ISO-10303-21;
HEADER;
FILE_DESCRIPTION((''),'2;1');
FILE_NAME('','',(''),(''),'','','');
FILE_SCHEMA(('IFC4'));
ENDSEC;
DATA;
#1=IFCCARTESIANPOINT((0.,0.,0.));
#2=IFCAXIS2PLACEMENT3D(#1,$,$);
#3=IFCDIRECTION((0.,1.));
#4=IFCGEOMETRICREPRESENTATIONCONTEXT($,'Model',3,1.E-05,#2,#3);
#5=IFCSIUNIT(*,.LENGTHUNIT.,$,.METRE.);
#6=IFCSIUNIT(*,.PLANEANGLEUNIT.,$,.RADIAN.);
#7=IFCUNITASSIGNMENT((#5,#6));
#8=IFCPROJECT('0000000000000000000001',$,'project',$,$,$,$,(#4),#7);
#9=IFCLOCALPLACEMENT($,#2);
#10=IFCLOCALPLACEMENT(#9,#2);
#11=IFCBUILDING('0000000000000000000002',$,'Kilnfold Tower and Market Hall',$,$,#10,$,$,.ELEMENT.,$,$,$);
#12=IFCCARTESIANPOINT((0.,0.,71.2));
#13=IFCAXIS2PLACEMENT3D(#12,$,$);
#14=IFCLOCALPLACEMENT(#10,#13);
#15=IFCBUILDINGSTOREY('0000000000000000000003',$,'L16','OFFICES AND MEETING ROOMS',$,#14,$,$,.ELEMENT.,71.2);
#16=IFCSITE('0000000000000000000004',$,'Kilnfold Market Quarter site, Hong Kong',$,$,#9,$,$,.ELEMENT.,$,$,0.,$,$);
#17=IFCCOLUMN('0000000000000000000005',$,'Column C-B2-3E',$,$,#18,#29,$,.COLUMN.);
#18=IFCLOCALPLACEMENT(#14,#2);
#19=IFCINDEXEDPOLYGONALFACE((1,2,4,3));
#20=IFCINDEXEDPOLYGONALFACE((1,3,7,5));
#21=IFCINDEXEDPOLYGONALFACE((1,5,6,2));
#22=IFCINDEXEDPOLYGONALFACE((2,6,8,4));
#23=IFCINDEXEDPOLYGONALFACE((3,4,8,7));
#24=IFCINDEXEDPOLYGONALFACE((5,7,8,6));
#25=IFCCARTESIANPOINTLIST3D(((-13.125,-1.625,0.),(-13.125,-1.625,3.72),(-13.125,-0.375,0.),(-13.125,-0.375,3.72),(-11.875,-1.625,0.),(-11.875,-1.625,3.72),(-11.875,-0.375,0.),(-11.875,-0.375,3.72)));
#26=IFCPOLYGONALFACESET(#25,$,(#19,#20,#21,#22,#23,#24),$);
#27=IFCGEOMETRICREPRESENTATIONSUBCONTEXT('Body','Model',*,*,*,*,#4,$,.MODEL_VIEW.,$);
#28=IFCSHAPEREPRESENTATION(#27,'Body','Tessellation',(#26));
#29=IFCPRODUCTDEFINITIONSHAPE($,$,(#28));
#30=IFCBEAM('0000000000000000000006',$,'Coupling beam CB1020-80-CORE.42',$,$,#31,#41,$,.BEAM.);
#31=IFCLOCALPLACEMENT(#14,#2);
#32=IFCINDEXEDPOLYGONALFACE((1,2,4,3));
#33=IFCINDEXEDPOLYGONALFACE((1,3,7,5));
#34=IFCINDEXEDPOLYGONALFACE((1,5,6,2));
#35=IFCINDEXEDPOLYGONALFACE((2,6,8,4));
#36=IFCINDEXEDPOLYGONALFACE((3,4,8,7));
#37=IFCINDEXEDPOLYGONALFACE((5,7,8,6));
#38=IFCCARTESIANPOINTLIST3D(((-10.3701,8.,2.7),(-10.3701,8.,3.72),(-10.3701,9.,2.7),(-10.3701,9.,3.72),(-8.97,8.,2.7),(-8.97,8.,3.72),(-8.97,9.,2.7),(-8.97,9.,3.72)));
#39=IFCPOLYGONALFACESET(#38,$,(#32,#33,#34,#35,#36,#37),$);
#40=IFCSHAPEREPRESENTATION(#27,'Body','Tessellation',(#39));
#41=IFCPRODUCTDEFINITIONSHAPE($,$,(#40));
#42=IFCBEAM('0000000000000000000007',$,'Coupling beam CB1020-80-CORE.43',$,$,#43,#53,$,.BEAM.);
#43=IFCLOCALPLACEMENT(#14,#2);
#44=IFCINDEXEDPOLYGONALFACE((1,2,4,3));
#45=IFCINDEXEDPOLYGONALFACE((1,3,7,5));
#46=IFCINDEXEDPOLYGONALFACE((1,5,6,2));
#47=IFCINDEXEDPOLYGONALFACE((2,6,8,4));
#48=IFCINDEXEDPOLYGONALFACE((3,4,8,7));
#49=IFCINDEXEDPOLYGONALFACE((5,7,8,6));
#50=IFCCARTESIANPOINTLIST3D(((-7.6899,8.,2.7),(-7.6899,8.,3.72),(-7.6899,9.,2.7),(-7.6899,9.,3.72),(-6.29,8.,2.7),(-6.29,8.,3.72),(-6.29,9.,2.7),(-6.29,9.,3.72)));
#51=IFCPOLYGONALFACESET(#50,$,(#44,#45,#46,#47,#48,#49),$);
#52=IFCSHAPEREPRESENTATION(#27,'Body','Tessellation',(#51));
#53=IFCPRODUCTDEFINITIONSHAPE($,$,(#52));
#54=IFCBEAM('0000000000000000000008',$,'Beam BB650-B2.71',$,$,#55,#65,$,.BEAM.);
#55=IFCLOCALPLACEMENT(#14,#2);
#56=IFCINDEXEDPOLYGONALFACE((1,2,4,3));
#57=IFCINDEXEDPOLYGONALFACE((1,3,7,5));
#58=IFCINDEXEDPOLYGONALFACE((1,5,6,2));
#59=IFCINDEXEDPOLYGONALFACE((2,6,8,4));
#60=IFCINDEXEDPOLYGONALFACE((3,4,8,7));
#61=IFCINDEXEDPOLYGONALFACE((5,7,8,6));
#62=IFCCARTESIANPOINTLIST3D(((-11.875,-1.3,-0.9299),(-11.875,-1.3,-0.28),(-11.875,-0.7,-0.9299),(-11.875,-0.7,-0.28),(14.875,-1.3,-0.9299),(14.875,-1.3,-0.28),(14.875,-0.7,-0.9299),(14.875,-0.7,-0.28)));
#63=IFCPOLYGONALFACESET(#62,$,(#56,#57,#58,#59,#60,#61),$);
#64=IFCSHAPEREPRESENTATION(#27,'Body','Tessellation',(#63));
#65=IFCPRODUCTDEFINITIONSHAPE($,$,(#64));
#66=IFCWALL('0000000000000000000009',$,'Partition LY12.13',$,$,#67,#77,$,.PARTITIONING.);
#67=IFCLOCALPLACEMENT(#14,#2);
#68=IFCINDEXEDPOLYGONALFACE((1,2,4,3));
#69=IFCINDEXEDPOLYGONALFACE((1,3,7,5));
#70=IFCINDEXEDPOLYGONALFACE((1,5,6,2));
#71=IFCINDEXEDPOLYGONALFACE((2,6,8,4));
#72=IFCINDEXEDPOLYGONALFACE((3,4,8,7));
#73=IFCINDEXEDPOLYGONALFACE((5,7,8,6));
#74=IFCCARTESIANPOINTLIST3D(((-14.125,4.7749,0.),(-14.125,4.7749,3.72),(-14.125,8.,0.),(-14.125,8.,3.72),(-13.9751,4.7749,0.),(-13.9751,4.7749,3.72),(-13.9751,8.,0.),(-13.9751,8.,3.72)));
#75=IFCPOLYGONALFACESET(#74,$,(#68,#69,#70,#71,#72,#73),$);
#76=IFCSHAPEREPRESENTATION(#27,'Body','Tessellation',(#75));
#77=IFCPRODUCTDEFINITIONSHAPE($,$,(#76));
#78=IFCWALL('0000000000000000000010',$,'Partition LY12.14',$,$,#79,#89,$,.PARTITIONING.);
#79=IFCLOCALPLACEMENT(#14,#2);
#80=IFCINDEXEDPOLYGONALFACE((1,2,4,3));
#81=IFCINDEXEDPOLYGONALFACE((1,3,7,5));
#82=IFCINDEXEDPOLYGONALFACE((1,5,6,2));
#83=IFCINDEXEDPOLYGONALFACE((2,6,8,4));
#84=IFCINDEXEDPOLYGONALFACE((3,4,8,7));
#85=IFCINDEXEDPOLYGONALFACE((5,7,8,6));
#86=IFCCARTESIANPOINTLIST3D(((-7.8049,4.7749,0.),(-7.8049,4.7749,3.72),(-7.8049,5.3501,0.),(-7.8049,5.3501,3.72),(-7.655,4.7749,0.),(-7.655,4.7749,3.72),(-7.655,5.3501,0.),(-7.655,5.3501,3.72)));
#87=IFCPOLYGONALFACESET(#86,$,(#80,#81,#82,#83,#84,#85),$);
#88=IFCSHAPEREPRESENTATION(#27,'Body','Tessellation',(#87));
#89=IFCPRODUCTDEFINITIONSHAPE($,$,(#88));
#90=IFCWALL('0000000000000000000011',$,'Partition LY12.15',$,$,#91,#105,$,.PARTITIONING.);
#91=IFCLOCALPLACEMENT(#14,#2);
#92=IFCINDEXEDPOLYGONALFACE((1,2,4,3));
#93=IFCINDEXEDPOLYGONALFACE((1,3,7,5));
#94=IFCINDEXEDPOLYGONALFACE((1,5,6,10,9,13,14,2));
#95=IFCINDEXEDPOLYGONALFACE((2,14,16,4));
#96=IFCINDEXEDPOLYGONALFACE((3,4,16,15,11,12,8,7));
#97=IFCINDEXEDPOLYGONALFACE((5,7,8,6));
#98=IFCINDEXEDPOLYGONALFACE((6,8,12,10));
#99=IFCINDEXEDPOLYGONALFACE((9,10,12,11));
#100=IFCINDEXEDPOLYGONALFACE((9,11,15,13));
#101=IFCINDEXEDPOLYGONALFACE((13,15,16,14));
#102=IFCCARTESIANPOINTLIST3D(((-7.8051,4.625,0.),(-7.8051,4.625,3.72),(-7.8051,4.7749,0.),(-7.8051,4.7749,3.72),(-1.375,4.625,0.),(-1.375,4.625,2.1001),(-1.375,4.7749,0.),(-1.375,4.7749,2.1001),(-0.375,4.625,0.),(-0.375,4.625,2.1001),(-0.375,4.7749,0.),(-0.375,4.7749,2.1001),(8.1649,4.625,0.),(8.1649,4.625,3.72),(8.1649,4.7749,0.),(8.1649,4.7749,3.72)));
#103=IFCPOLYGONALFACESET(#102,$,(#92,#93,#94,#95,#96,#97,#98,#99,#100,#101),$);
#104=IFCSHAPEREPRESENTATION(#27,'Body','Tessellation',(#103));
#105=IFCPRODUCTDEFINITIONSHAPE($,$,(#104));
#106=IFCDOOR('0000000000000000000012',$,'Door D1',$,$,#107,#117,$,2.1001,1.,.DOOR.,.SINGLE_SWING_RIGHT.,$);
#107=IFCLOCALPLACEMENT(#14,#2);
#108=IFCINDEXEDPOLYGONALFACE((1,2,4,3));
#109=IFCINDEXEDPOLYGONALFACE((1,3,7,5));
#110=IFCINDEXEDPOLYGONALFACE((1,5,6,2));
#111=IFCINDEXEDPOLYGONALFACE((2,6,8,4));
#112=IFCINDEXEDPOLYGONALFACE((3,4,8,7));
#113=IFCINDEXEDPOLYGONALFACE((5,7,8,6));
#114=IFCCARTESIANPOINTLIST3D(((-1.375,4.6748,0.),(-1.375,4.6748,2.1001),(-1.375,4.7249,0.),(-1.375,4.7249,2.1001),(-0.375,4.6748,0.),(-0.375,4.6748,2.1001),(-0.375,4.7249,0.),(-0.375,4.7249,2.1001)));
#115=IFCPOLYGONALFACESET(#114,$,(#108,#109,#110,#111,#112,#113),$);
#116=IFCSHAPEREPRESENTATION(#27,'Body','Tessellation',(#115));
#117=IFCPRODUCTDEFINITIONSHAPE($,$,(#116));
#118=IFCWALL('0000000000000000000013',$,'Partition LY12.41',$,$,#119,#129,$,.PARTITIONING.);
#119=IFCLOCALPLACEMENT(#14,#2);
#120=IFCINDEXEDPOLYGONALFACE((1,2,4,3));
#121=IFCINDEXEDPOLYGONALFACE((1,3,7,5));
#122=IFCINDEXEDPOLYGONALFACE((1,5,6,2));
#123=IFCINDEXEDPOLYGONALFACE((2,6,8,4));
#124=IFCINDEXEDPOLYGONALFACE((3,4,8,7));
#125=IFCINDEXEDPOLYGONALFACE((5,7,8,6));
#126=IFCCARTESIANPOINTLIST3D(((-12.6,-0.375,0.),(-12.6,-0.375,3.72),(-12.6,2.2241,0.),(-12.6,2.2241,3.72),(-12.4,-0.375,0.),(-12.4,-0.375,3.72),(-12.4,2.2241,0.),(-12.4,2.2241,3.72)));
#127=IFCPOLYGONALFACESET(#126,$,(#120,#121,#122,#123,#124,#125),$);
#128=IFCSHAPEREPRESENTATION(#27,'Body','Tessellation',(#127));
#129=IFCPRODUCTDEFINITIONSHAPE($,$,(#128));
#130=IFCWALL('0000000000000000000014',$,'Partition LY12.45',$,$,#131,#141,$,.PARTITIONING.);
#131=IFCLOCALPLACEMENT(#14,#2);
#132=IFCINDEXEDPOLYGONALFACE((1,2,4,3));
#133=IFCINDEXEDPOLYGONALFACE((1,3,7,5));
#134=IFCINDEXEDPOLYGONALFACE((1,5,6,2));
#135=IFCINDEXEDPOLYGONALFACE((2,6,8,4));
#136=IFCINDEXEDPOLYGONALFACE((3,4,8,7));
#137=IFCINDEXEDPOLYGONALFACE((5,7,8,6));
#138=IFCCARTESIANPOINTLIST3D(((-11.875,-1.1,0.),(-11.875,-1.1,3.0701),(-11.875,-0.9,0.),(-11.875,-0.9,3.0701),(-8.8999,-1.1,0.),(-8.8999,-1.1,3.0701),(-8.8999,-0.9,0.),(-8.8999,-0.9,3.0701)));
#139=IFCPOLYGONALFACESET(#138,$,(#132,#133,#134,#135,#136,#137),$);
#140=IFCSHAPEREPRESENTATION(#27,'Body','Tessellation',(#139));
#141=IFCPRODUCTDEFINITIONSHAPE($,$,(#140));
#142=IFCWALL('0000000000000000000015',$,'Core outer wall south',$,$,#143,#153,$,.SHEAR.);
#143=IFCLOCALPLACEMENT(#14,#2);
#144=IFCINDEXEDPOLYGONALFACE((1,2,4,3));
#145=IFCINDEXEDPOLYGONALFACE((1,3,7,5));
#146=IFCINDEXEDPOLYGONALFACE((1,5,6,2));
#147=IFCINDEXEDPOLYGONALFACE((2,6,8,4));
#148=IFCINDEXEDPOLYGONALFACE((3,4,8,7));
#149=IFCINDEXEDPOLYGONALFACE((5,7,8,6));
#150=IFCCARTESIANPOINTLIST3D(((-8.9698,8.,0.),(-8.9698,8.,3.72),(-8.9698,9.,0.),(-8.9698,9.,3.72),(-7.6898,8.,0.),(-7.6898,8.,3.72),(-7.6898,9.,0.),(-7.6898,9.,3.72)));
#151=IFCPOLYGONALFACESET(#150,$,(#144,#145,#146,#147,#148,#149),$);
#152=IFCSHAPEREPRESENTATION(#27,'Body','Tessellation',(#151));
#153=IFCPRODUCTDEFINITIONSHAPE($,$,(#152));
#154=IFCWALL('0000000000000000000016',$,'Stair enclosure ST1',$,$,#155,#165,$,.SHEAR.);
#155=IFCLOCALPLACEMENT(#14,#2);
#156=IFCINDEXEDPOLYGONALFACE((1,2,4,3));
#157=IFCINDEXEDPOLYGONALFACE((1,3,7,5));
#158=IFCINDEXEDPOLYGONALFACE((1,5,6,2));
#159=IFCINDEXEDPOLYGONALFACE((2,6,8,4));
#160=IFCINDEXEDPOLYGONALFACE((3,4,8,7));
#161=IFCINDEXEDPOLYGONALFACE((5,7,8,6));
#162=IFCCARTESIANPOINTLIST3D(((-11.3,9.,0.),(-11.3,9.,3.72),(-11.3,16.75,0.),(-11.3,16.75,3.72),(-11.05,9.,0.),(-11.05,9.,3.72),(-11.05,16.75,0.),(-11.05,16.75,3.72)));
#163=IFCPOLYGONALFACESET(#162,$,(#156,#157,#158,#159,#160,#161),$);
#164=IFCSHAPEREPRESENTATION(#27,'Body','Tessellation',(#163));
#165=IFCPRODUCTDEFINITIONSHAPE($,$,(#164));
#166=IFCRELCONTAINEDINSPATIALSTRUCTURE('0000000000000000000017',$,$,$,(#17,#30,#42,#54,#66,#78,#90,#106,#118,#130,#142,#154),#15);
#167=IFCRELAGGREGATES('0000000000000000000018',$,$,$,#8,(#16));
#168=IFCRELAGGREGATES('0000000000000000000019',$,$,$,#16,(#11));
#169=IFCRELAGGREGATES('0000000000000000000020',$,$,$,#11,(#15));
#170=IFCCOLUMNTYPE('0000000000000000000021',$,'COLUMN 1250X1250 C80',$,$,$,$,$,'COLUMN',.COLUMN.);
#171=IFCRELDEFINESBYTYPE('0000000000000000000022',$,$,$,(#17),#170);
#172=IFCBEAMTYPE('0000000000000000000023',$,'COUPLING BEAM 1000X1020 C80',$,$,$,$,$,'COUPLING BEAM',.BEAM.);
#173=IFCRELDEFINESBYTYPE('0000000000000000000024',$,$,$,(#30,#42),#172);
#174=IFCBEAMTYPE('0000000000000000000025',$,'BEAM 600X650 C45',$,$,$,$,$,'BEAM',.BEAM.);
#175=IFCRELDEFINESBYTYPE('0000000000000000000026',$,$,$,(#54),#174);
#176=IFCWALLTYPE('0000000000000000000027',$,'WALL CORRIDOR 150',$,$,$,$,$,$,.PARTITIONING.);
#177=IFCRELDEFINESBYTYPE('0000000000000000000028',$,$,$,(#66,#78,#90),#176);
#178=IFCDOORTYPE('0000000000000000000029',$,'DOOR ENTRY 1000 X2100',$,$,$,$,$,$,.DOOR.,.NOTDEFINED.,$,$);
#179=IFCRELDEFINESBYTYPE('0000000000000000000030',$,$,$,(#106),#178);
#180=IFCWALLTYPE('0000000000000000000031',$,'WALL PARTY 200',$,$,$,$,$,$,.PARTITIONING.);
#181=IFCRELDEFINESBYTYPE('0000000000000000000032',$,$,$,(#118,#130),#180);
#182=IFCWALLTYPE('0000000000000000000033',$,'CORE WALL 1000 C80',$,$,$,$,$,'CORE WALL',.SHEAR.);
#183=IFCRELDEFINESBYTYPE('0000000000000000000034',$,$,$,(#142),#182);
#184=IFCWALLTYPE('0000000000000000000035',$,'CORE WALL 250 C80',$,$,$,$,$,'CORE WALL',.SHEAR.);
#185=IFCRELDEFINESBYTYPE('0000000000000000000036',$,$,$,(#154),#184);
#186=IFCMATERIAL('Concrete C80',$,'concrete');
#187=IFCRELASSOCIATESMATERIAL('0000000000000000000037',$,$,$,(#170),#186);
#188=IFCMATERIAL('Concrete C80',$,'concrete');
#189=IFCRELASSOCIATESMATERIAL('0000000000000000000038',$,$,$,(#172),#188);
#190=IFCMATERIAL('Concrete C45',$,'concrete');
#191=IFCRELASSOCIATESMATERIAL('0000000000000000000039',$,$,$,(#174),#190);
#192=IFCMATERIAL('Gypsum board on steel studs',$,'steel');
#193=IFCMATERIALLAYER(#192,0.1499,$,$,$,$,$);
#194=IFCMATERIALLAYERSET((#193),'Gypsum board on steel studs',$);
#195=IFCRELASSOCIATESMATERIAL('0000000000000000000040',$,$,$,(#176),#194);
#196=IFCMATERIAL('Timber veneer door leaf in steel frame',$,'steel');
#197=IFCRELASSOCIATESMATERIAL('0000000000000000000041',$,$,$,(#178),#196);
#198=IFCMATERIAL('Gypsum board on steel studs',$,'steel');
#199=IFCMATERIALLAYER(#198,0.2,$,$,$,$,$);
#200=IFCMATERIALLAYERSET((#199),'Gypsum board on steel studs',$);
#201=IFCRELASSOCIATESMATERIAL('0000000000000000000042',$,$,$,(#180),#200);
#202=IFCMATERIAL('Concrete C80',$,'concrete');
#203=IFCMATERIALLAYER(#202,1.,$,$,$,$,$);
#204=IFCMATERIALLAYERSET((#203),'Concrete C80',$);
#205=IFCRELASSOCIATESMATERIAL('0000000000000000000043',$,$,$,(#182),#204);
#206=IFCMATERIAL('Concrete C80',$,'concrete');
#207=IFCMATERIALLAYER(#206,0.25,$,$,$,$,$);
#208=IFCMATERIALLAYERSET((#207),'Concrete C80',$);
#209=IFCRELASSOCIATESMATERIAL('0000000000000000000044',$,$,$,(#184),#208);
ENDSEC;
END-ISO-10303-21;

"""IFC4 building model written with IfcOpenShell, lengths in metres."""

from ifc_helpers import new_model, si_unit, direction, frame, frame_2d, origin, origin_2d, place, context, subcontext, project, spatial, rectangle, extrude, source, transform, mapped, material, layer, layer_set, material_profile, profile_set, type_object, element, fill, save


model = new_model("IFC4")

# Units and contexts
model_context = context("Model", 3, precision=1e-05, world=origin(), true_north=direction((0.0, 1.0)))
body_context = subcontext(model_context, "Body", "Model", "MODEL_VIEW")
ifc_project = project(units=[si_unit("LENGTHUNIT", "METRE"), si_unit("PLANEANGLEUNIT", "RADIAN")], contexts=[model_context])

# Site, building, storey
site_placement = place(None, origin())
site = spatial("IfcSite", under=ifc_project, at=site_placement, Name="Kilnfold Market Quarter site, Hong Kong", CompositionType="ELEMENT", RefElevation=0.0)
building_placement = place(site_placement, origin())
building = spatial("IfcBuilding", under=site, at=building_placement, Name="Kilnfold Tower and Market Hall", CompositionType="ELEMENT")
storey_placement = place(building_placement, frame((0.0, 0.0, 71.2)))
storey = spatial("IfcBuildingStorey", under=building, at=storey_placement, Name="L16", Description="OFFICES AND MEETING ROOMS", CompositionType="ELEMENT", Elevation=71.2)

# Column
ifc_material_1 = material(Name="Concrete C80", Category="concrete")
ifc_material_profile_1 = material_profile(ifc_material_1, rectangle(XDim=1.25, YDim=1.25, at=origin_2d()), Name="RC 1250x1250")
ifc_profile_set_1 = profile_set([ifc_material_profile_1], Name="Concrete C80")
column_type = type_object("IfcColumnType", Name="COLUMN 1250X1250 C80", ElementType="COLUMN", PredefinedType="COLUMN", material=ifc_profile_set_1)
shared_shape_1 = source(origin(), body_context, "Body", "SweptSolid", [
    extrude(rectangle(XDim=1.25, YDim=1.25, at=origin_2d()), origin(), (0.0, 0.0, 1.0), 3.72),
])
column_placement = place(storey_placement, frame((-12.5, -1.0, 0.0), z_axis=(0.0, 0.0, 1.0), x_axis=(1.0, 0.0, 0.0)))
element("IfcColumn", 1, at=column_placement, inside=storey, type_object=column_type, Name="Column C-B2-3E", PredefinedType="COLUMN", context=body_context, shape_type="MappedRepresentation", body=[
    mapped(shared_shape_1, transform((0.0, 0.0, 0.0))),
])

# Beams
ifc_material_2 = material(Name="Concrete C80", Category="concrete")
ifc_material_profile_2 = material_profile(ifc_material_2, rectangle(XDim=1.0, YDim=1.02, at=origin_2d()), Name="RC 1000x1020")
ifc_profile_set_2 = profile_set([ifc_material_profile_2], Name="Concrete C80")
beam_type_1 = type_object("IfcBeamType", Name="COUPLING BEAM 1000X1020 C80", ElementType="COUPLING BEAM", PredefinedType="BEAM", material=ifc_profile_set_2)
shared_shape_2 = source(origin(), body_context, "Body", "SweptSolid", [
    extrude(rectangle(XDim=1.0, YDim=1.02, at=origin_2d()), origin(), (0.0, 0.0, 1.0), 1.4001),
])
beam_1_placement = place(storey_placement, frame((-10.3701, 8.5, 3.21), z_axis=(1.0, 0.0, 0.0), x_axis=(0.0, 1.0, 0.0)))
element("IfcBeam", 2, at=beam_1_placement, inside=storey, type_object=beam_type_1, Name="Coupling beam CB1020-80-CORE.42", PredefinedType="BEAM", context=body_context, shape_type="MappedRepresentation", body=[
    mapped(shared_shape_2, transform((0.0, 0.0, 0.0))),
])
shared_shape_3 = source(origin(), body_context, "Body", "SweptSolid", [
    extrude(rectangle(XDim=1.0, YDim=1.02, at=origin_2d()), origin(), (0.0, 0.0, 1.0), 1.3999),
])
beam_2_placement = place(storey_placement, frame((-7.6899, 8.5, 3.21), z_axis=(1.0, 0.0, 0.0), x_axis=(0.0, 1.0, 0.0)))
element("IfcBeam", 3, at=beam_2_placement, inside=storey, type_object=beam_type_1, Name="Coupling beam CB1020-80-CORE.43", PredefinedType="BEAM", context=body_context, shape_type="MappedRepresentation", body=[
    mapped(shared_shape_3, transform((0.0, 0.0, 0.0))),
])
ifc_material_3 = material(Name="Concrete C45", Category="concrete")
ifc_material_profile_3 = material_profile(ifc_material_3, rectangle(XDim=0.6001, YDim=0.6499, at=origin_2d()), Name="RC 600x650")
ifc_profile_set_3 = profile_set([ifc_material_profile_3], Name="Concrete C45")
beam_type_2 = type_object("IfcBeamType", Name="BEAM 600X650 C45", ElementType="BEAM", PredefinedType="BEAM", material=ifc_profile_set_3)
shared_shape_4 = source(origin(), body_context, "Body", "SweptSolid", [
    extrude(rectangle(XDim=0.6001, YDim=0.6499, at=origin_2d()), origin(), (0.0, 0.0, 1.0), 26.75),
])
beam_3_placement = place(storey_placement, frame((-11.875, -1.0, -0.605), z_axis=(1.0, 0.0, 0.0), x_axis=(0.0, 1.0, 0.0)))
element("IfcBeam", 4, at=beam_3_placement, inside=storey, type_object=beam_type_2, Name="Beam BB650-B2.71", PredefinedType="BEAM", context=body_context, shape_type="MappedRepresentation", body=[
    mapped(shared_shape_4, transform((0.0, 0.0, 0.0))),
])

# Walls
ifc_material_4 = material(Name="Gypsum board on steel studs", Category="steel")
ifc_layer_1 = layer(ifc_material_4, 0.1499)
ifc_layer_set_1 = layer_set([ifc_layer_1], Name="Gypsum board on steel studs")
wall_type_1 = type_object("IfcWallType", Name="WALL CORRIDOR 150", PredefinedType="PARTITIONING", material=ifc_layer_set_1)
wall_1_placement = place(storey_placement, frame((-14.05, 8.0, 0.0), z_axis=(0.0, 0.0, 1.0), x_axis=(0.0, -1.0, 0.0)))
element("IfcWall", 5, at=wall_1_placement, inside=storey, type_object=wall_type_1, Name="Partition LY12.13", PredefinedType="PARTITIONING", context=body_context, shape_type="SweptSolid", body=[
    extrude(rectangle(XDim=3.2251, YDim=0.1499, at=frame_2d((1.6125, 0.0))), origin(), (0.0, 0.0, 1.0), 3.72),
])
wall_2_placement = place(storey_placement, frame((-7.73, 4.7749, 0.0), z_axis=(0.0, 0.0, 1.0), x_axis=(0.0, 1.0, 0.0)))
element("IfcWall", 6, at=wall_2_placement, inside=storey, type_object=wall_type_1, Name="Partition LY12.14", PredefinedType="PARTITIONING", context=body_context, shape_type="SweptSolid", body=[
    extrude(rectangle(XDim=0.5752, YDim=0.1499, at=frame_2d((0.2876, 0.0))), origin(), (0.0, 0.0, 1.0), 3.72),
])

# Wall, opening, door
wall_3_placement = place(storey_placement, frame((-7.8049, 4.7, 0.0), z_axis=(0.0, 0.0, 1.0), x_axis=(1.0, 0.0, 0.0)))
wall_3 = element("IfcWall", 7, at=wall_3_placement, inside=storey, type_object=wall_type_1, Name="Partition LY12.15", PredefinedType="PARTITIONING", context=body_context, shape_type="SweptSolid", body=[
    extrude(rectangle(XDim=15.97, YDim=0.1499, at=frame_2d((7.9849, 0.0))), origin(), (0.0, 0.0, 1.0), 3.72),
])
opening_1_placement = place(wall_3_placement, frame((6.4299, 0.0, 0.0)))
opening_1 = element("IfcOpeningElement", 8, at=opening_1_placement, cuts=wall_3, PredefinedType="OPENING", context=body_context, shape_type="SweptSolid", body=[
    extrude(rectangle(XDim=1.0, YDim=2.1001, at=frame_2d((0.5, 1.05))), frame((0.0, 0.085, 0.0), z_axis=(0.0, -1.0, 0.0), x_axis=(1.0, 0.0, 0.0)), (0.0, 0.0, 1.0), 0.1699),
])
ifc_material_5 = material(Name="Timber veneer door leaf in steel frame", Category="steel")
door_type_1 = type_object("IfcDoorType", Name="DOOR ENTRY 1000 X2100", OperationType="NOTDEFINED", PredefinedType="DOOR", material=ifc_material_5)
door_1_placement = place(opening_1_placement, origin())
door_1 = element("IfcDoor", 9, at=door_1_placement, inside=storey, type_object=door_type_1, Name="Door D1", OperationType="SINGLE_SWING_RIGHT", OverallHeight=2.1001, OverallWidth=1.0, PredefinedType="DOOR", context=body_context, shape_type="SweptSolid", body=[
    extrude(rectangle(XDim=1.0, YDim=2.1001, at=frame_2d((0.5, 1.05))), frame((0.0, 0.0249, 0.0), z_axis=(0.0, -1.0, 0.0), x_axis=(1.0, 0.0, 0.0)), (0.0, 0.0, 1.0), 0.05),
])
fill(opening_1, door_1)

# Walls
ifc_material_6 = material(Name="Gypsum board on steel studs", Category="steel")
ifc_layer_2 = layer(ifc_material_6, 0.2)
ifc_layer_set_2 = layer_set([ifc_layer_2], Name="Gypsum board on steel studs")
wall_type_2 = type_object("IfcWallType", Name="WALL PARTY 200", PredefinedType="PARTITIONING", material=ifc_layer_set_2)
wall_4_placement = place(storey_placement, frame((-12.5, -0.375, 0.0), z_axis=(0.0, 0.0, 1.0), x_axis=(0.0, 1.0, 0.0)))
element("IfcWall", 10, at=wall_4_placement, inside=storey, type_object=wall_type_2, Name="Partition LY12.41", PredefinedType="PARTITIONING", context=body_context, shape_type="SweptSolid", body=[
    extrude(rectangle(XDim=2.5991, YDim=0.2, at=frame_2d((1.2996, 0.0))), origin(), (0.0, 0.0, 1.0), 3.72),
])
wall_5_placement = place(storey_placement, frame((-11.875, -1.0, 0.0), z_axis=(0.0, 0.0, 1.0), x_axis=(1.0, 0.0, 0.0)))
element("IfcWall", 11, at=wall_5_placement, inside=storey, type_object=wall_type_2, Name="Partition LY12.45", PredefinedType="PARTITIONING", context=body_context, shape_type="SweptSolid", body=[
    extrude(rectangle(XDim=2.9751, YDim=0.2, at=frame_2d((1.4875, 0.0))), origin(), (0.0, 0.0, 1.0), 3.0701),
])
ifc_material_7 = material(Name="Concrete C80", Category="concrete")
ifc_layer_3 = layer(ifc_material_7, 1.0)
ifc_layer_set_3 = layer_set([ifc_layer_3], Name="Concrete C80")
wall_type_3 = type_object("IfcWallType", Name="CORE WALL 1000 C80", ElementType="CORE WALL", PredefinedType="SHEAR", material=ifc_layer_set_3)
shared_shape_5 = source(origin(), body_context, "Body", "SweptSolid", [
    extrude(rectangle(XDim=1.28, YDim=1.0, at=frame_2d((0.6401, 0.0))), origin(), (0.0, 0.0, 1.0), 3.72),
])
wall_6_placement = place(storey_placement, frame((-8.97, 8.5, 0.0), z_axis=(0.0, 0.0, 1.0), x_axis=(1.0, 0.0, 0.0)))
element("IfcWall", 12, at=wall_6_placement, inside=storey, type_object=wall_type_3, Name="Core outer wall south", PredefinedType="SHEAR", context=body_context, shape_type="MappedRepresentation", body=[
    mapped(shared_shape_5, transform((0.0, 0.0, 0.0))),
])
ifc_material_8 = material(Name="Concrete C80", Category="concrete")
ifc_layer_4 = layer(ifc_material_8, 0.25)
ifc_layer_set_4 = layer_set([ifc_layer_4], Name="Concrete C80")
wall_type_4 = type_object("IfcWallType", Name="CORE WALL 250 C80", ElementType="CORE WALL", PredefinedType="SHEAR", material=ifc_layer_set_4)
shared_shape_6 = source(origin(), body_context, "Body", "SweptSolid", [
    extrude(rectangle(XDim=7.75, YDim=0.25, at=frame_2d((3.875, 0.0))), origin(), (0.0, 0.0, 1.0), 3.72),
])
wall_7_placement = place(storey_placement, frame((-11.175, 9.0, 0.0), z_axis=(0.0, 0.0, 1.0), x_axis=(0.0, 1.0, 0.0)))
element("IfcWall", 13, at=wall_7_placement, inside=storey, type_object=wall_type_4, Name="Stair enclosure ST1", PredefinedType="SHEAR", context=body_context, shape_type="MappedRepresentation", body=[
    mapped(shared_shape_6, transform((0.0, 0.0, 0.0))),
])

save(model, "model.ifc")
